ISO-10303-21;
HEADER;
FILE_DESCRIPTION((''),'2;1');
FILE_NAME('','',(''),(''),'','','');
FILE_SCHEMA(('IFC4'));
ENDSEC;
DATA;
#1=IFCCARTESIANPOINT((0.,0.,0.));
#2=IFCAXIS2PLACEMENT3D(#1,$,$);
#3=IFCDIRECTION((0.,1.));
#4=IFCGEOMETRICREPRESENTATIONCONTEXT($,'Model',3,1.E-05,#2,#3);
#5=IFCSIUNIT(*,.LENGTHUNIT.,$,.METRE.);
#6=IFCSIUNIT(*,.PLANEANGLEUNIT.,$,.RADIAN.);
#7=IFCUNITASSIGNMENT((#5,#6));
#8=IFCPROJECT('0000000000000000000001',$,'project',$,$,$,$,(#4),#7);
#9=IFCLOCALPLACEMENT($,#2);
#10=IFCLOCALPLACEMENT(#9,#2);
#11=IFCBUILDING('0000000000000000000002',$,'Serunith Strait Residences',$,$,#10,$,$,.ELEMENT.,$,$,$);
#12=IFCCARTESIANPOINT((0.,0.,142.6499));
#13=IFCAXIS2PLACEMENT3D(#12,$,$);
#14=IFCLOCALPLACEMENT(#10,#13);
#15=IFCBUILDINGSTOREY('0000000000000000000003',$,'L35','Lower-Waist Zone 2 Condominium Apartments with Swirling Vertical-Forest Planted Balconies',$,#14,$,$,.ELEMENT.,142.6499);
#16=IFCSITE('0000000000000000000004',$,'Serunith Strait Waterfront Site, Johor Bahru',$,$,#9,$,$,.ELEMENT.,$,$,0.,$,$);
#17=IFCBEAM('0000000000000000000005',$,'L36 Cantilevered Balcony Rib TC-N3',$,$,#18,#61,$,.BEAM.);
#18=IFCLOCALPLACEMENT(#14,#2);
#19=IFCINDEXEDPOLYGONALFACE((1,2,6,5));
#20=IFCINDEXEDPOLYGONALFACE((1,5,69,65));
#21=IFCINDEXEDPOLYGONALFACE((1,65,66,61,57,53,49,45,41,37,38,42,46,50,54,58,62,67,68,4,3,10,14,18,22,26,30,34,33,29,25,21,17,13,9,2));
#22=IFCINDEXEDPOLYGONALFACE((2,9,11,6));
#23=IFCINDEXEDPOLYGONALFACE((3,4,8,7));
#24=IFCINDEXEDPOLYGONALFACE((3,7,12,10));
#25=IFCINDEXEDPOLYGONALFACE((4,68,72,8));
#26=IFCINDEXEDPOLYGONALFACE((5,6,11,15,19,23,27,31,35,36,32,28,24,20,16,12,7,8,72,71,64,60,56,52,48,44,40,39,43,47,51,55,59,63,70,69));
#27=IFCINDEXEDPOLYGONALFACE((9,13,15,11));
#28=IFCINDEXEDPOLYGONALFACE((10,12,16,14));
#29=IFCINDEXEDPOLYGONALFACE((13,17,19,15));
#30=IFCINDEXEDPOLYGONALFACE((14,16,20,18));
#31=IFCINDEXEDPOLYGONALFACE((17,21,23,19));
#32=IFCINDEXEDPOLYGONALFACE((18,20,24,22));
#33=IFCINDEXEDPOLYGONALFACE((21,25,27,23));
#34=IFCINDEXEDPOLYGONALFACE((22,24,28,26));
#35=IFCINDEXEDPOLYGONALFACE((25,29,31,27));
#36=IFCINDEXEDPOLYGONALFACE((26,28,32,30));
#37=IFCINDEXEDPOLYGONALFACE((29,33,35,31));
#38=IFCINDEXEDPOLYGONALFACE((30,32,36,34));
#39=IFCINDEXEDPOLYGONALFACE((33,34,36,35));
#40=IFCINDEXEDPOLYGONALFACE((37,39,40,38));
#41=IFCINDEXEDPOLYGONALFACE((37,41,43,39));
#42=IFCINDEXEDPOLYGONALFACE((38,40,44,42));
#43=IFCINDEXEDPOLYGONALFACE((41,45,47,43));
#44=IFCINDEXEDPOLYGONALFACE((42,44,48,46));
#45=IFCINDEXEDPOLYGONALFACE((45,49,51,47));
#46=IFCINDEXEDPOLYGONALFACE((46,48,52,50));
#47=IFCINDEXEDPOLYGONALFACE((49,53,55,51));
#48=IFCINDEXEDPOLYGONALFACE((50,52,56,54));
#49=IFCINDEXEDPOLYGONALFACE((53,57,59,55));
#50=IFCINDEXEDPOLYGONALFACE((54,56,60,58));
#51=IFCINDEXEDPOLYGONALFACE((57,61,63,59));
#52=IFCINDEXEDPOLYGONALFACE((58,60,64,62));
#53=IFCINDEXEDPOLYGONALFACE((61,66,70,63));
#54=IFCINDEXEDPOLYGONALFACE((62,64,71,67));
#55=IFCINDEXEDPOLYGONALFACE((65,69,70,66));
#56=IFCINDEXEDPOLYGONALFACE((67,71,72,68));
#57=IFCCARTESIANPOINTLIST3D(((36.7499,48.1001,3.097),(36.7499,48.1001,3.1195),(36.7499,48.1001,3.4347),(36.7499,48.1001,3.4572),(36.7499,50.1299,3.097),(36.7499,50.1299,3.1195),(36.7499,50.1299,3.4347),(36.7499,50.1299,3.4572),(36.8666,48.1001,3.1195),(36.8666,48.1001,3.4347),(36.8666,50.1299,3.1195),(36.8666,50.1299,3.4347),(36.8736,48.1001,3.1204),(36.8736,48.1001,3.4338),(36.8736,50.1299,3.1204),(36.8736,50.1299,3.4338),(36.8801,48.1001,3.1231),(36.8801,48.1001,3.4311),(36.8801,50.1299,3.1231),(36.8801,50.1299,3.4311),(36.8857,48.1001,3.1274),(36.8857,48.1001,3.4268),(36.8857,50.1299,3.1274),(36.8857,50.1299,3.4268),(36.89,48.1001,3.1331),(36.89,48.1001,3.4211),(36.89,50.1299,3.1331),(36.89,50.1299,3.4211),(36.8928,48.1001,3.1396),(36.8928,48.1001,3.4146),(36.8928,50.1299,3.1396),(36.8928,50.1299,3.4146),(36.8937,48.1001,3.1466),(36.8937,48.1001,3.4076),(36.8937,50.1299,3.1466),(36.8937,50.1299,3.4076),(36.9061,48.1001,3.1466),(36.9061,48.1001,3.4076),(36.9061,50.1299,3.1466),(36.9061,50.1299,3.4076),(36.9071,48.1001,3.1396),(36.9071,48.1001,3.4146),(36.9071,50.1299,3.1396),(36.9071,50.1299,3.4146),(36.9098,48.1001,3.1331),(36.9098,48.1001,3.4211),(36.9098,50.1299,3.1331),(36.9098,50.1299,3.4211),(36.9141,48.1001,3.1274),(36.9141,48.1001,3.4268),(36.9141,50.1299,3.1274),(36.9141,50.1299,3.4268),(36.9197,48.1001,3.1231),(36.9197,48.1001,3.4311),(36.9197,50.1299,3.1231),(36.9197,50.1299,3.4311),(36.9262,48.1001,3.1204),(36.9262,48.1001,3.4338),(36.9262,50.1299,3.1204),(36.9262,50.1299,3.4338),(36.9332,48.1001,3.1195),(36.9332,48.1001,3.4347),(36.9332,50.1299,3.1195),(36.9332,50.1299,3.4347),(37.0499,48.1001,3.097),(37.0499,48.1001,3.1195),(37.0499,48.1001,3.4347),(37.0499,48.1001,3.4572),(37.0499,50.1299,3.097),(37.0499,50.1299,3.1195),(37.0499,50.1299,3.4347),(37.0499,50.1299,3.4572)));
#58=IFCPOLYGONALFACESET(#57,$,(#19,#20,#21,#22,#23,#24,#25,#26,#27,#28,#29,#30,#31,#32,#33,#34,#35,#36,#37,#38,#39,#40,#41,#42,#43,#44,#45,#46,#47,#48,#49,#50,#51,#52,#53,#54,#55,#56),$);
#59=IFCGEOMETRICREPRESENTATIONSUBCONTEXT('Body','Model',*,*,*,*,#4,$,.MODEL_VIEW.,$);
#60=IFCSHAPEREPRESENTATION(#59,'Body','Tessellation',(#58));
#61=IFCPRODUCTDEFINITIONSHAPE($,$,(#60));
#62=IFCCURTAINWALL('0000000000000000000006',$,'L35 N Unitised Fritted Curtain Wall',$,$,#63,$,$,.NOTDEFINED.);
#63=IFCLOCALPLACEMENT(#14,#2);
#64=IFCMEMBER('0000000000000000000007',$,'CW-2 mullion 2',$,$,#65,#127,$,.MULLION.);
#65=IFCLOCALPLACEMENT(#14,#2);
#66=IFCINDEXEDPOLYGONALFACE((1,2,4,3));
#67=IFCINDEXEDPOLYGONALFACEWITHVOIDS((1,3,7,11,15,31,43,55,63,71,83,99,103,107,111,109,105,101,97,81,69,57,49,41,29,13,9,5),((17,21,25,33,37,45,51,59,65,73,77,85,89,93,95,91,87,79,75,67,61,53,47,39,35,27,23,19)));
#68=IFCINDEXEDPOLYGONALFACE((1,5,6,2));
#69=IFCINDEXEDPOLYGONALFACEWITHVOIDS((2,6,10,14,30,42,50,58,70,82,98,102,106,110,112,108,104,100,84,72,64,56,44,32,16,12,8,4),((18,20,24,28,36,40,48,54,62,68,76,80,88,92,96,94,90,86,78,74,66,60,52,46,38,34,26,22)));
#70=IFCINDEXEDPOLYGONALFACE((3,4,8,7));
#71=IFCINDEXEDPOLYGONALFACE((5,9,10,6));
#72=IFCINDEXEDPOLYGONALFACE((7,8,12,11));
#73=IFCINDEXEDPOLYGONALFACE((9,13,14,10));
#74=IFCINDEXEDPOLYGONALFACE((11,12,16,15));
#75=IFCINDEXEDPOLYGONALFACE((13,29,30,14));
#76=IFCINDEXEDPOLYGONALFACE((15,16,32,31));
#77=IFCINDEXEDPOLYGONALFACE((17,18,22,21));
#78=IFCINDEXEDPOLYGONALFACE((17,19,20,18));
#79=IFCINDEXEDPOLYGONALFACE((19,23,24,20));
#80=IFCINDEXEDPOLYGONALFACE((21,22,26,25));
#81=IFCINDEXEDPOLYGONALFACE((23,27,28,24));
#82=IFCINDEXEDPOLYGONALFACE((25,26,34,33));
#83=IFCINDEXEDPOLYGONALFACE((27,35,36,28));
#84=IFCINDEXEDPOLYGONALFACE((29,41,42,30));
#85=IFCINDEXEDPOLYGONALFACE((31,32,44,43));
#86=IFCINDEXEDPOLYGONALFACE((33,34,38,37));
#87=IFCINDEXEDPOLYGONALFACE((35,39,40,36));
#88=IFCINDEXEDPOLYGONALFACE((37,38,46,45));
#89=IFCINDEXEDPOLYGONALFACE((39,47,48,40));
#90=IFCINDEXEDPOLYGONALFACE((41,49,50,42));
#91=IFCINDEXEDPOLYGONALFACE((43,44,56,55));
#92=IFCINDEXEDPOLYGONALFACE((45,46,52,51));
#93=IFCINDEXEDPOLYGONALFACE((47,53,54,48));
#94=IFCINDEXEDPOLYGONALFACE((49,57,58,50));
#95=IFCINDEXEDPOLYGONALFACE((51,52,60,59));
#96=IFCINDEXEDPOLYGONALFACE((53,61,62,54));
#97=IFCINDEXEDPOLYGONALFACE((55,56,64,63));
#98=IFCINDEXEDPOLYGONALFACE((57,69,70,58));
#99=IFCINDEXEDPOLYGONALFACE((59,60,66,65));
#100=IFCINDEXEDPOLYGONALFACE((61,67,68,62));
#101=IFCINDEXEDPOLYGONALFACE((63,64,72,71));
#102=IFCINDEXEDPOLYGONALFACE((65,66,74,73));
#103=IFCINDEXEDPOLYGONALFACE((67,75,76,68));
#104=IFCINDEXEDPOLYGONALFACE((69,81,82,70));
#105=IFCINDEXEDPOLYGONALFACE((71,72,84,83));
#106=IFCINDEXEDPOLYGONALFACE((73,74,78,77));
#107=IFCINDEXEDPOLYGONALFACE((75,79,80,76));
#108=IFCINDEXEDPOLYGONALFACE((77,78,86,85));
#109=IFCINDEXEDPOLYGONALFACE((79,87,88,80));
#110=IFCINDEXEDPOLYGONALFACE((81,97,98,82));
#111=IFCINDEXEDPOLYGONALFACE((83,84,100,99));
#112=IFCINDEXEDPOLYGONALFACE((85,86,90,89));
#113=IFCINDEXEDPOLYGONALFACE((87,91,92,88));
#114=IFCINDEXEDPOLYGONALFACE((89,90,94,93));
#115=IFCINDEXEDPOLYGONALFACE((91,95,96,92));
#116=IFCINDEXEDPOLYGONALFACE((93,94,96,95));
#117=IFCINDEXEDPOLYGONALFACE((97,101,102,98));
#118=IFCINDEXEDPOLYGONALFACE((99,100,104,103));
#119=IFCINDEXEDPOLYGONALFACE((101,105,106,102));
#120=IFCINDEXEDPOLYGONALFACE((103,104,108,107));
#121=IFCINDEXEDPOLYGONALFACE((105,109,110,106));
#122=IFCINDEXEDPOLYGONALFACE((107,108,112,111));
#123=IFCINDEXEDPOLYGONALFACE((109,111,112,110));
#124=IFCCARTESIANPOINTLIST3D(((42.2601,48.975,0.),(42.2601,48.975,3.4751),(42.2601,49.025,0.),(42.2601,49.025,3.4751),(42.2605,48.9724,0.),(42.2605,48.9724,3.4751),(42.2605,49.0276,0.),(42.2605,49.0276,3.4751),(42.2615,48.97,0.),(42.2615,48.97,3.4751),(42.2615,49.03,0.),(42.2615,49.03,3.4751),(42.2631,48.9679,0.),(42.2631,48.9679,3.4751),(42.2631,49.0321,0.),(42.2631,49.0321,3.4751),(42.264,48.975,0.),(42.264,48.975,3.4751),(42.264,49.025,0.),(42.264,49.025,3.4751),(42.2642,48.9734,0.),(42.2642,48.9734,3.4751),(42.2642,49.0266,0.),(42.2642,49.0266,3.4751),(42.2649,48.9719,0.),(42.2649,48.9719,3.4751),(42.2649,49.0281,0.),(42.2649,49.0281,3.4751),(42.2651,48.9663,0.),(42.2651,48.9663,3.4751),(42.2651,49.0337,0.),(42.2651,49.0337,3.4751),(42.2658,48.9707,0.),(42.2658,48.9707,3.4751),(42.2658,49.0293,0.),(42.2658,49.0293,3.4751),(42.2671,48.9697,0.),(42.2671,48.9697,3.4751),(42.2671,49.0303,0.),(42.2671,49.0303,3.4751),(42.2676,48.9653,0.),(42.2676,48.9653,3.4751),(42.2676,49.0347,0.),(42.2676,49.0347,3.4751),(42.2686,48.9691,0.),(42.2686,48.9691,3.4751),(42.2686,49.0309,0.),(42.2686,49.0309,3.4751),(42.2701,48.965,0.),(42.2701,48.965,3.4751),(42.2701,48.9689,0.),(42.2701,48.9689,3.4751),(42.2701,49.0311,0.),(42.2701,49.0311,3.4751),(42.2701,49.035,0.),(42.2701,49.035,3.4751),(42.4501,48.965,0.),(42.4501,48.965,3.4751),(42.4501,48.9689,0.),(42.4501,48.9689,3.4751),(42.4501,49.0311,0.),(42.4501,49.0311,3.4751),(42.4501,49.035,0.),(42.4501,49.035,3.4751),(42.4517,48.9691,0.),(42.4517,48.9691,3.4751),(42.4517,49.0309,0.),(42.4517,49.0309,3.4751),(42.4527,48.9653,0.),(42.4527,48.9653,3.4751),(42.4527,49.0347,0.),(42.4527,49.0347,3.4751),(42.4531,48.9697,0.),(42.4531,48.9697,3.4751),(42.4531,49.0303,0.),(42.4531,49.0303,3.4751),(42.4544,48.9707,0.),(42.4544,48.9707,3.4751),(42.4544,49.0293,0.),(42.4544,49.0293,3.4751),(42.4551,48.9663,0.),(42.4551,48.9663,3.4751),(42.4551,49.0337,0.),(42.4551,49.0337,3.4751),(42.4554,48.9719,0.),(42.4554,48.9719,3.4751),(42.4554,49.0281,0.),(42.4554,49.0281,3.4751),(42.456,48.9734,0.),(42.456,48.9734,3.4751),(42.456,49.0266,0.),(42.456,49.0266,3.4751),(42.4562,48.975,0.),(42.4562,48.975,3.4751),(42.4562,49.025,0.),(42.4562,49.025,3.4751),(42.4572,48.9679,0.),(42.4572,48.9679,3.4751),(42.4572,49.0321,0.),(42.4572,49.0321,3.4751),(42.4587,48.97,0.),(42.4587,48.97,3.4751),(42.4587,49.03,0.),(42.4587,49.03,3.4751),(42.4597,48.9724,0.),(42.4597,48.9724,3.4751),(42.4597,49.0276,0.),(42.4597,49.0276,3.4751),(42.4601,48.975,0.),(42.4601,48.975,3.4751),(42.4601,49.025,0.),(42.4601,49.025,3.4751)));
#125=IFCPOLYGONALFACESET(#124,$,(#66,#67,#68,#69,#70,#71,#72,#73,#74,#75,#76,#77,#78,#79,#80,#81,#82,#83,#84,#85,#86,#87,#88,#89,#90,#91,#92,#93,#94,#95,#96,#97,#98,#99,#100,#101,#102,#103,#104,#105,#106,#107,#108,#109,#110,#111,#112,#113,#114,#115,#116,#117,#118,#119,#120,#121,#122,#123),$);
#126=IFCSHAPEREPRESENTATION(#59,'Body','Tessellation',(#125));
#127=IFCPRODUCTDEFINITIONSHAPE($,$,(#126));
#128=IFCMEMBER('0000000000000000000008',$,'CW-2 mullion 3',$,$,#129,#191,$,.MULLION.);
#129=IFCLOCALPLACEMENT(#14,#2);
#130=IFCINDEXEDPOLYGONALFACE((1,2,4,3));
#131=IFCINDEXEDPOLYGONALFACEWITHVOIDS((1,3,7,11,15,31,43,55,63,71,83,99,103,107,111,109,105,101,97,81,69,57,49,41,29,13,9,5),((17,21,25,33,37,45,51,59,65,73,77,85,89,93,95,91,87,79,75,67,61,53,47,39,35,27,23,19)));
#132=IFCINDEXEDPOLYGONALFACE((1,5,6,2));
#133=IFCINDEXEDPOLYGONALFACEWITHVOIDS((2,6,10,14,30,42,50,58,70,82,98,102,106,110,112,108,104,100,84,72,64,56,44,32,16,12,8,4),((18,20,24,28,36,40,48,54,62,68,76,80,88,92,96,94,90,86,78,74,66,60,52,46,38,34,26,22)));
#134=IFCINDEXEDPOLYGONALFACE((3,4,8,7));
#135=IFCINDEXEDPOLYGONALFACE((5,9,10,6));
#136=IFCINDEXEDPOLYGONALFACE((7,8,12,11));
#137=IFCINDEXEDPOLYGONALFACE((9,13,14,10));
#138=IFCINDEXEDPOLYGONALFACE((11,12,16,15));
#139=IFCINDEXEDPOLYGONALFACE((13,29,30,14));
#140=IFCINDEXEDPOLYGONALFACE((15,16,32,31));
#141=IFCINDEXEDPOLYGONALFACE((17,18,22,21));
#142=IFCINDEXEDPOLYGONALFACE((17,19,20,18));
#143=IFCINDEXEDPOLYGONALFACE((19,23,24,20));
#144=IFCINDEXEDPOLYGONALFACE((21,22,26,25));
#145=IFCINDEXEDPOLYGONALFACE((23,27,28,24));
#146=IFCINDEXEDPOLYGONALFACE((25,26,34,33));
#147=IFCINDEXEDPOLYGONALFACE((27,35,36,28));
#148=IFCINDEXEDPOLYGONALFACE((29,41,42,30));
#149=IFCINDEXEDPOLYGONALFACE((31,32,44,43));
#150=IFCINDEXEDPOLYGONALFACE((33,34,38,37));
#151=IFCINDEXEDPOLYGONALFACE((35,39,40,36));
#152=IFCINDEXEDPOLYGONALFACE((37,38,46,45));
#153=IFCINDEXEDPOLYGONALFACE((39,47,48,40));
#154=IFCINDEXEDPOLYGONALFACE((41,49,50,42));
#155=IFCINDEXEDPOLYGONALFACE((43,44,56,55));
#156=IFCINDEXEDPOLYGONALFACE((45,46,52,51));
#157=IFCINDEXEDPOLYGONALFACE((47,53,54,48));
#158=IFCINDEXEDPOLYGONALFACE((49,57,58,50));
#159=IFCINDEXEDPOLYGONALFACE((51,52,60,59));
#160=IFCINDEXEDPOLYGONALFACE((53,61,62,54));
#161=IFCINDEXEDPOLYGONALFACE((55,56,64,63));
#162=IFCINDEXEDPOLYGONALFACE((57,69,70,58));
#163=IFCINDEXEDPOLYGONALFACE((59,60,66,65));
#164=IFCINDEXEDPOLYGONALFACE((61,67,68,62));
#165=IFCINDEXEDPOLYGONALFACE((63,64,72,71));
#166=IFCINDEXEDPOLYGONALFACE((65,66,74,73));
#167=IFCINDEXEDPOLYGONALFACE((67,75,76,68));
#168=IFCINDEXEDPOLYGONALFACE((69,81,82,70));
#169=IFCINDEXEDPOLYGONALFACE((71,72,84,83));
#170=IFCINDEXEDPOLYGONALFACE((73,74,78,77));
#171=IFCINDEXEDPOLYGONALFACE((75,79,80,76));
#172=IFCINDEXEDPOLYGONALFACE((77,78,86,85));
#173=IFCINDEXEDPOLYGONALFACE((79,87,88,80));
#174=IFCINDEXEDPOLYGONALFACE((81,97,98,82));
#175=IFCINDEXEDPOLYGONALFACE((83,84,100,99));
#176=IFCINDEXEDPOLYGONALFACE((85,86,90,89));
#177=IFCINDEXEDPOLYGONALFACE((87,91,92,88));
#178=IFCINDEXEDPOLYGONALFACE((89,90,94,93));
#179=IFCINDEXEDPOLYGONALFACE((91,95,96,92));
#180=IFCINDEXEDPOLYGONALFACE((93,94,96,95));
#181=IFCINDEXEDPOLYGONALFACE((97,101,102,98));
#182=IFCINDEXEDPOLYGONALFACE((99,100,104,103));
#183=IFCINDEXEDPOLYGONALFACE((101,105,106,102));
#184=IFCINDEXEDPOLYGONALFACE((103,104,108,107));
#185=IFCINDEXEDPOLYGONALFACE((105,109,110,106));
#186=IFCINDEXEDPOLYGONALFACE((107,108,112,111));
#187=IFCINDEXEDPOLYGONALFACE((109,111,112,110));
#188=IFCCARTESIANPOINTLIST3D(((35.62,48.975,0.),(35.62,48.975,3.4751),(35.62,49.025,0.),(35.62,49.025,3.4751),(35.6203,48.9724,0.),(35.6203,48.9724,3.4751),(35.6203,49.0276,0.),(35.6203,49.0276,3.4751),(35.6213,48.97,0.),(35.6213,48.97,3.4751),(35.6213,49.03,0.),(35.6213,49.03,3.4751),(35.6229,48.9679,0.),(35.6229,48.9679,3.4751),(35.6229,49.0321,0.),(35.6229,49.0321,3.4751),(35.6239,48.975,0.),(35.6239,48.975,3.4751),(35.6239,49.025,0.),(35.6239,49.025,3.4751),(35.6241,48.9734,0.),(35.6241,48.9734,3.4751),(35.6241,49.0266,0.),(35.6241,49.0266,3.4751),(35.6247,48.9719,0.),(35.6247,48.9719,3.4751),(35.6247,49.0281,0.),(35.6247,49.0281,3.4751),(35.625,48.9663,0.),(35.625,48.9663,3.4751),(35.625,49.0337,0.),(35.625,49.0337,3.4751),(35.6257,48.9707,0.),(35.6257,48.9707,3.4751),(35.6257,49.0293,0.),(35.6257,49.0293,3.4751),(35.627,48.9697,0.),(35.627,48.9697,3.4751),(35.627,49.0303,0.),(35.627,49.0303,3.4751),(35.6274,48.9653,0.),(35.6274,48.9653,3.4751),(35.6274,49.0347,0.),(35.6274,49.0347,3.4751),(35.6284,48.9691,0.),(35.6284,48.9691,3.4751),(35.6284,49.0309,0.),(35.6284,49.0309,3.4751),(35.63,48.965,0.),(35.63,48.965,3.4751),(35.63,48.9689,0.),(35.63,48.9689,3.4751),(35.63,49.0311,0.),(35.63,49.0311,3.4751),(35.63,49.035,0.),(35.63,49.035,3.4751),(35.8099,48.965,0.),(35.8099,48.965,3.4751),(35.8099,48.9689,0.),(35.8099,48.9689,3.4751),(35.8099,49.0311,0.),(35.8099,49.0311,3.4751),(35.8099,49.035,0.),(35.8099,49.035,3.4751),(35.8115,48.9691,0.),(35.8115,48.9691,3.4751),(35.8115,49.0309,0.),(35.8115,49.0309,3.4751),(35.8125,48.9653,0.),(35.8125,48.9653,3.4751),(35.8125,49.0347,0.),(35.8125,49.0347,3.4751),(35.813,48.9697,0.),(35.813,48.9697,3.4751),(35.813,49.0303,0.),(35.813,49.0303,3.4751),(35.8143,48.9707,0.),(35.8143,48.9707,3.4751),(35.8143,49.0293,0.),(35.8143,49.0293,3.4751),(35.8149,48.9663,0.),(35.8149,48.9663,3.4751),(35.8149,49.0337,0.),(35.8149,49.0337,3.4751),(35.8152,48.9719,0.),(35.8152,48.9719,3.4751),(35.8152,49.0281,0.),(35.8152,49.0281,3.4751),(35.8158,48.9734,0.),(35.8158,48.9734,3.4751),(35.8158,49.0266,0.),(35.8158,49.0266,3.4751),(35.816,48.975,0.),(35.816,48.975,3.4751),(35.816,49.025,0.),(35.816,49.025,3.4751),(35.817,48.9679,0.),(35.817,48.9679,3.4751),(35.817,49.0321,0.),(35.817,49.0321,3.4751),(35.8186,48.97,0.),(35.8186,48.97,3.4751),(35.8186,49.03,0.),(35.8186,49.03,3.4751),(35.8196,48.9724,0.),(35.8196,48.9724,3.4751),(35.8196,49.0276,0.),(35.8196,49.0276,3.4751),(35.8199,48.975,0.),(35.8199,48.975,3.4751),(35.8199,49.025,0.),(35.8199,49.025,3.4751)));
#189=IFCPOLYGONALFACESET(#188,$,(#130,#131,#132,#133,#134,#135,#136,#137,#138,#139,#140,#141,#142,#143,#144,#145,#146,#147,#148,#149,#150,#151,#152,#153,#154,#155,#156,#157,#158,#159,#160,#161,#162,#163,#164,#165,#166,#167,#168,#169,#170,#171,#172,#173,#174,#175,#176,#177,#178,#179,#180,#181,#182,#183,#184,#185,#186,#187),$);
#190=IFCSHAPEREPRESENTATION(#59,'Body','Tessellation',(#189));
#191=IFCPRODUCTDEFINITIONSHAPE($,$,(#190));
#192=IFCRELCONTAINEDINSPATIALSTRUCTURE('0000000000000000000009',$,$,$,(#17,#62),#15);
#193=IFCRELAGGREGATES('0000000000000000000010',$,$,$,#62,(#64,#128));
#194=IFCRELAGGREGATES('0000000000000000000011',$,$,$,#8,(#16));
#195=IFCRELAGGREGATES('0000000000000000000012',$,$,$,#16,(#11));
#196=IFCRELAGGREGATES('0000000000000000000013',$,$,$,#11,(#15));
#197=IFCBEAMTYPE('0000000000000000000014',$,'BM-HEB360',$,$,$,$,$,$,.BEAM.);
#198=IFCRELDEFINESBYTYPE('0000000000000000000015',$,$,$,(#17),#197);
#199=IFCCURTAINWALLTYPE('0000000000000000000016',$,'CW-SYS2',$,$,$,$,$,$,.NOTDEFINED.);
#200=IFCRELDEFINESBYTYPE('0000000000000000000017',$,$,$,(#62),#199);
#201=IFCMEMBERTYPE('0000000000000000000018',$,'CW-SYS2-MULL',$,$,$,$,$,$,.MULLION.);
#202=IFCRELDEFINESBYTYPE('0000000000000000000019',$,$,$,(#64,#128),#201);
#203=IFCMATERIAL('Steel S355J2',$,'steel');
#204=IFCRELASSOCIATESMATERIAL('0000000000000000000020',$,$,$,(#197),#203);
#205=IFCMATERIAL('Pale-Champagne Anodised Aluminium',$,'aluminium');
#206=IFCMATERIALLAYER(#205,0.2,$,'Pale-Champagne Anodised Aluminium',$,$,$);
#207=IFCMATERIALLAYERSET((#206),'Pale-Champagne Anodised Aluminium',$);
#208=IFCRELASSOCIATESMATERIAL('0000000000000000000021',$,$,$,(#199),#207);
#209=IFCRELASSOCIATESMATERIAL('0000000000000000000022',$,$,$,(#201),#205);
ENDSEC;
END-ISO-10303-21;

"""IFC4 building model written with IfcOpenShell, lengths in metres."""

from ifc_helpers import new_model, si_unit, direction, frame, origin, origin_2d, place, context, subcontext, project, spatial, hollow_rectangle, i_section, extrude, source, transform, mapped, material, layer, layer_set, material_profile, profile_set, type_object, element, aggregate, save


model = new_model("IFC4")

# Units and contexts
model_context = context("Model", 3, precision=1e-05, world=origin(), true_north=direction((0.0, 1.0)))
body_context = subcontext(model_context, "Body", "Model", "MODEL_VIEW")
ifc_project = project(units=[si_unit("LENGTHUNIT", "METRE"), si_unit("PLANEANGLEUNIT", "RADIAN")], contexts=[model_context])

# Site, building, storey
site_placement = place(None, origin())
site = spatial("IfcSite", under=ifc_project, at=site_placement, Name="Serunith Strait Waterfront Site, Johor Bahru", CompositionType="ELEMENT", RefElevation=0.0)
building_placement = place(site_placement, origin())
building = spatial("IfcBuilding", under=site, at=building_placement, Name="Serunith Strait Residences", CompositionType="ELEMENT")
storey_placement = place(building_placement, frame((0.0, 0.0, 142.6499)))
storey = spatial("IfcBuildingStorey", under=building, at=storey_placement, Name="L35", Description="Lower-Waist Zone 2 Condominium Apartments with Swirling Vertical-Forest Planted Balconies", CompositionType="ELEMENT", Elevation=142.6499)

# Beam
ifc_material_1 = material(Name="Steel S355J2", Category="steel")
ifc_material_profile_1 = material_profile(ifc_material_1, i_section(OverallWidth=0.3, OverallDepth=0.3601, WebThickness=0.0125, FlangeThickness=0.0225, FilletRadius=0.0271, at=origin_2d()), Name="HEB 360")
ifc_profile_set_1 = profile_set([ifc_material_profile_1], Name="Steel S355J2")
beam_type_1 = type_object("IfcBeamType", Name="BM-HEB360", PredefinedType="BEAM", material=ifc_profile_set_1)
shared_shape_1 = source(origin(), body_context, "Body", "SweptSolid", [
    extrude(i_section(OverallWidth=0.3, OverallDepth=0.3601, WebThickness=0.0125, FlangeThickness=0.0225, FilletRadius=0.0271, at=origin_2d()), origin(), (0.0, 0.0, 1.0), 2.0298),
])
beam_1_placement = place(storey_placement, frame((36.8999, 48.1001, 3.2771), z_axis=(0.0, 1.0, 0.0), x_axis=(-1.0, 0.0, 0.0)))
element("IfcBeam", 1, at=beam_1_placement, inside=storey, type_object=beam_type_1, Name="L36 Cantilevered Balcony Rib TC-N3", PredefinedType="BEAM", context=body_context, shape_type="MappedRepresentation", body=[
    mapped(shared_shape_1, transform((0.0, 0.0, 0.0), scale=1.0)),
])

# Curtain wall, members
ifc_material_2 = material(Name="Pale-Champagne Anodised Aluminium", Category="aluminium")
ifc_layer_1 = layer(ifc_material_2, 0.2, Name="Pale-Champagne Anodised Aluminium")
ifc_layer_set_1 = layer_set([ifc_layer_1], Name="Pale-Champagne Anodised Aluminium")
curtain_wall_type = type_object("IfcCurtainWallType", Name="CW-SYS2", PredefinedType="NOTDEFINED", material=ifc_layer_set_1)
curtain_wall_placement = place(storey_placement, origin())
curtain_wall = element("IfcCurtainWall", 2, at=curtain_wall_placement, inside=storey, type_object=curtain_wall_type, Name="L35 N Unitised Fritted Curtain Wall", PredefinedType="NOTDEFINED")
ifc_material_profile_2 = material_profile(ifc_material_2, hollow_rectangle(XDim=0.0701, YDim=0.2, WallThickness=0.0039, InnerFilletRadius=0.0061, OuterFilletRadius=0.01, at=origin_2d()), Name="ALU 200x70x4")
ifc_profile_set_2 = profile_set([ifc_material_profile_2], Name="Pale-Champagne Anodised Aluminium")
member_type_1 = type_object("IfcMemberType", Name="CW-SYS2-MULL", PredefinedType="MULLION", material=ifc_profile_set_2)
shared_shape_2 = source(origin(), body_context, "Body", "SweptSolid", [
    extrude(hollow_rectangle(XDim=0.0701, YDim=0.2, WallThickness=0.0039, InnerFilletRadius=0.0061, OuterFilletRadius=0.01, at=origin_2d()), origin(), (0.0, 0.0, 1.0), 3.4751),
])
member_1_placement = place(storey_placement, frame((42.3601, 49.0, 0.0), z_axis=(0.0, 0.0, 1.0), x_axis=(0.0, -1.0, 0.0)))
member_1 = element("IfcMember", 3, at=member_1_placement, type_object=member_type_1, Name="CW-2 mullion 2", PredefinedType="MULLION", context=body_context, shape_type="MappedRepresentation", body=[
    mapped(shared_shape_2, transform((0.0, 0.0, 0.0), scale=1.0)),
])
member_2_placement = place(storey_placement, frame((35.72, 49.0, 0.0), z_axis=(0.0, 0.0, 1.0), x_axis=(0.0, -1.0, 0.0)))
member_2 = element("IfcMember", 4, at=member_2_placement, type_object=member_type_1, Name="CW-2 mullion 3", PredefinedType="MULLION", context=body_context, shape_type="MappedRepresentation", body=[
    mapped(shared_shape_2, transform((0.0, 0.0, 0.0), scale=1.0)),
])
aggregate(curtain_wall, [member_1, member_2])

save(model, "model.ifc")
